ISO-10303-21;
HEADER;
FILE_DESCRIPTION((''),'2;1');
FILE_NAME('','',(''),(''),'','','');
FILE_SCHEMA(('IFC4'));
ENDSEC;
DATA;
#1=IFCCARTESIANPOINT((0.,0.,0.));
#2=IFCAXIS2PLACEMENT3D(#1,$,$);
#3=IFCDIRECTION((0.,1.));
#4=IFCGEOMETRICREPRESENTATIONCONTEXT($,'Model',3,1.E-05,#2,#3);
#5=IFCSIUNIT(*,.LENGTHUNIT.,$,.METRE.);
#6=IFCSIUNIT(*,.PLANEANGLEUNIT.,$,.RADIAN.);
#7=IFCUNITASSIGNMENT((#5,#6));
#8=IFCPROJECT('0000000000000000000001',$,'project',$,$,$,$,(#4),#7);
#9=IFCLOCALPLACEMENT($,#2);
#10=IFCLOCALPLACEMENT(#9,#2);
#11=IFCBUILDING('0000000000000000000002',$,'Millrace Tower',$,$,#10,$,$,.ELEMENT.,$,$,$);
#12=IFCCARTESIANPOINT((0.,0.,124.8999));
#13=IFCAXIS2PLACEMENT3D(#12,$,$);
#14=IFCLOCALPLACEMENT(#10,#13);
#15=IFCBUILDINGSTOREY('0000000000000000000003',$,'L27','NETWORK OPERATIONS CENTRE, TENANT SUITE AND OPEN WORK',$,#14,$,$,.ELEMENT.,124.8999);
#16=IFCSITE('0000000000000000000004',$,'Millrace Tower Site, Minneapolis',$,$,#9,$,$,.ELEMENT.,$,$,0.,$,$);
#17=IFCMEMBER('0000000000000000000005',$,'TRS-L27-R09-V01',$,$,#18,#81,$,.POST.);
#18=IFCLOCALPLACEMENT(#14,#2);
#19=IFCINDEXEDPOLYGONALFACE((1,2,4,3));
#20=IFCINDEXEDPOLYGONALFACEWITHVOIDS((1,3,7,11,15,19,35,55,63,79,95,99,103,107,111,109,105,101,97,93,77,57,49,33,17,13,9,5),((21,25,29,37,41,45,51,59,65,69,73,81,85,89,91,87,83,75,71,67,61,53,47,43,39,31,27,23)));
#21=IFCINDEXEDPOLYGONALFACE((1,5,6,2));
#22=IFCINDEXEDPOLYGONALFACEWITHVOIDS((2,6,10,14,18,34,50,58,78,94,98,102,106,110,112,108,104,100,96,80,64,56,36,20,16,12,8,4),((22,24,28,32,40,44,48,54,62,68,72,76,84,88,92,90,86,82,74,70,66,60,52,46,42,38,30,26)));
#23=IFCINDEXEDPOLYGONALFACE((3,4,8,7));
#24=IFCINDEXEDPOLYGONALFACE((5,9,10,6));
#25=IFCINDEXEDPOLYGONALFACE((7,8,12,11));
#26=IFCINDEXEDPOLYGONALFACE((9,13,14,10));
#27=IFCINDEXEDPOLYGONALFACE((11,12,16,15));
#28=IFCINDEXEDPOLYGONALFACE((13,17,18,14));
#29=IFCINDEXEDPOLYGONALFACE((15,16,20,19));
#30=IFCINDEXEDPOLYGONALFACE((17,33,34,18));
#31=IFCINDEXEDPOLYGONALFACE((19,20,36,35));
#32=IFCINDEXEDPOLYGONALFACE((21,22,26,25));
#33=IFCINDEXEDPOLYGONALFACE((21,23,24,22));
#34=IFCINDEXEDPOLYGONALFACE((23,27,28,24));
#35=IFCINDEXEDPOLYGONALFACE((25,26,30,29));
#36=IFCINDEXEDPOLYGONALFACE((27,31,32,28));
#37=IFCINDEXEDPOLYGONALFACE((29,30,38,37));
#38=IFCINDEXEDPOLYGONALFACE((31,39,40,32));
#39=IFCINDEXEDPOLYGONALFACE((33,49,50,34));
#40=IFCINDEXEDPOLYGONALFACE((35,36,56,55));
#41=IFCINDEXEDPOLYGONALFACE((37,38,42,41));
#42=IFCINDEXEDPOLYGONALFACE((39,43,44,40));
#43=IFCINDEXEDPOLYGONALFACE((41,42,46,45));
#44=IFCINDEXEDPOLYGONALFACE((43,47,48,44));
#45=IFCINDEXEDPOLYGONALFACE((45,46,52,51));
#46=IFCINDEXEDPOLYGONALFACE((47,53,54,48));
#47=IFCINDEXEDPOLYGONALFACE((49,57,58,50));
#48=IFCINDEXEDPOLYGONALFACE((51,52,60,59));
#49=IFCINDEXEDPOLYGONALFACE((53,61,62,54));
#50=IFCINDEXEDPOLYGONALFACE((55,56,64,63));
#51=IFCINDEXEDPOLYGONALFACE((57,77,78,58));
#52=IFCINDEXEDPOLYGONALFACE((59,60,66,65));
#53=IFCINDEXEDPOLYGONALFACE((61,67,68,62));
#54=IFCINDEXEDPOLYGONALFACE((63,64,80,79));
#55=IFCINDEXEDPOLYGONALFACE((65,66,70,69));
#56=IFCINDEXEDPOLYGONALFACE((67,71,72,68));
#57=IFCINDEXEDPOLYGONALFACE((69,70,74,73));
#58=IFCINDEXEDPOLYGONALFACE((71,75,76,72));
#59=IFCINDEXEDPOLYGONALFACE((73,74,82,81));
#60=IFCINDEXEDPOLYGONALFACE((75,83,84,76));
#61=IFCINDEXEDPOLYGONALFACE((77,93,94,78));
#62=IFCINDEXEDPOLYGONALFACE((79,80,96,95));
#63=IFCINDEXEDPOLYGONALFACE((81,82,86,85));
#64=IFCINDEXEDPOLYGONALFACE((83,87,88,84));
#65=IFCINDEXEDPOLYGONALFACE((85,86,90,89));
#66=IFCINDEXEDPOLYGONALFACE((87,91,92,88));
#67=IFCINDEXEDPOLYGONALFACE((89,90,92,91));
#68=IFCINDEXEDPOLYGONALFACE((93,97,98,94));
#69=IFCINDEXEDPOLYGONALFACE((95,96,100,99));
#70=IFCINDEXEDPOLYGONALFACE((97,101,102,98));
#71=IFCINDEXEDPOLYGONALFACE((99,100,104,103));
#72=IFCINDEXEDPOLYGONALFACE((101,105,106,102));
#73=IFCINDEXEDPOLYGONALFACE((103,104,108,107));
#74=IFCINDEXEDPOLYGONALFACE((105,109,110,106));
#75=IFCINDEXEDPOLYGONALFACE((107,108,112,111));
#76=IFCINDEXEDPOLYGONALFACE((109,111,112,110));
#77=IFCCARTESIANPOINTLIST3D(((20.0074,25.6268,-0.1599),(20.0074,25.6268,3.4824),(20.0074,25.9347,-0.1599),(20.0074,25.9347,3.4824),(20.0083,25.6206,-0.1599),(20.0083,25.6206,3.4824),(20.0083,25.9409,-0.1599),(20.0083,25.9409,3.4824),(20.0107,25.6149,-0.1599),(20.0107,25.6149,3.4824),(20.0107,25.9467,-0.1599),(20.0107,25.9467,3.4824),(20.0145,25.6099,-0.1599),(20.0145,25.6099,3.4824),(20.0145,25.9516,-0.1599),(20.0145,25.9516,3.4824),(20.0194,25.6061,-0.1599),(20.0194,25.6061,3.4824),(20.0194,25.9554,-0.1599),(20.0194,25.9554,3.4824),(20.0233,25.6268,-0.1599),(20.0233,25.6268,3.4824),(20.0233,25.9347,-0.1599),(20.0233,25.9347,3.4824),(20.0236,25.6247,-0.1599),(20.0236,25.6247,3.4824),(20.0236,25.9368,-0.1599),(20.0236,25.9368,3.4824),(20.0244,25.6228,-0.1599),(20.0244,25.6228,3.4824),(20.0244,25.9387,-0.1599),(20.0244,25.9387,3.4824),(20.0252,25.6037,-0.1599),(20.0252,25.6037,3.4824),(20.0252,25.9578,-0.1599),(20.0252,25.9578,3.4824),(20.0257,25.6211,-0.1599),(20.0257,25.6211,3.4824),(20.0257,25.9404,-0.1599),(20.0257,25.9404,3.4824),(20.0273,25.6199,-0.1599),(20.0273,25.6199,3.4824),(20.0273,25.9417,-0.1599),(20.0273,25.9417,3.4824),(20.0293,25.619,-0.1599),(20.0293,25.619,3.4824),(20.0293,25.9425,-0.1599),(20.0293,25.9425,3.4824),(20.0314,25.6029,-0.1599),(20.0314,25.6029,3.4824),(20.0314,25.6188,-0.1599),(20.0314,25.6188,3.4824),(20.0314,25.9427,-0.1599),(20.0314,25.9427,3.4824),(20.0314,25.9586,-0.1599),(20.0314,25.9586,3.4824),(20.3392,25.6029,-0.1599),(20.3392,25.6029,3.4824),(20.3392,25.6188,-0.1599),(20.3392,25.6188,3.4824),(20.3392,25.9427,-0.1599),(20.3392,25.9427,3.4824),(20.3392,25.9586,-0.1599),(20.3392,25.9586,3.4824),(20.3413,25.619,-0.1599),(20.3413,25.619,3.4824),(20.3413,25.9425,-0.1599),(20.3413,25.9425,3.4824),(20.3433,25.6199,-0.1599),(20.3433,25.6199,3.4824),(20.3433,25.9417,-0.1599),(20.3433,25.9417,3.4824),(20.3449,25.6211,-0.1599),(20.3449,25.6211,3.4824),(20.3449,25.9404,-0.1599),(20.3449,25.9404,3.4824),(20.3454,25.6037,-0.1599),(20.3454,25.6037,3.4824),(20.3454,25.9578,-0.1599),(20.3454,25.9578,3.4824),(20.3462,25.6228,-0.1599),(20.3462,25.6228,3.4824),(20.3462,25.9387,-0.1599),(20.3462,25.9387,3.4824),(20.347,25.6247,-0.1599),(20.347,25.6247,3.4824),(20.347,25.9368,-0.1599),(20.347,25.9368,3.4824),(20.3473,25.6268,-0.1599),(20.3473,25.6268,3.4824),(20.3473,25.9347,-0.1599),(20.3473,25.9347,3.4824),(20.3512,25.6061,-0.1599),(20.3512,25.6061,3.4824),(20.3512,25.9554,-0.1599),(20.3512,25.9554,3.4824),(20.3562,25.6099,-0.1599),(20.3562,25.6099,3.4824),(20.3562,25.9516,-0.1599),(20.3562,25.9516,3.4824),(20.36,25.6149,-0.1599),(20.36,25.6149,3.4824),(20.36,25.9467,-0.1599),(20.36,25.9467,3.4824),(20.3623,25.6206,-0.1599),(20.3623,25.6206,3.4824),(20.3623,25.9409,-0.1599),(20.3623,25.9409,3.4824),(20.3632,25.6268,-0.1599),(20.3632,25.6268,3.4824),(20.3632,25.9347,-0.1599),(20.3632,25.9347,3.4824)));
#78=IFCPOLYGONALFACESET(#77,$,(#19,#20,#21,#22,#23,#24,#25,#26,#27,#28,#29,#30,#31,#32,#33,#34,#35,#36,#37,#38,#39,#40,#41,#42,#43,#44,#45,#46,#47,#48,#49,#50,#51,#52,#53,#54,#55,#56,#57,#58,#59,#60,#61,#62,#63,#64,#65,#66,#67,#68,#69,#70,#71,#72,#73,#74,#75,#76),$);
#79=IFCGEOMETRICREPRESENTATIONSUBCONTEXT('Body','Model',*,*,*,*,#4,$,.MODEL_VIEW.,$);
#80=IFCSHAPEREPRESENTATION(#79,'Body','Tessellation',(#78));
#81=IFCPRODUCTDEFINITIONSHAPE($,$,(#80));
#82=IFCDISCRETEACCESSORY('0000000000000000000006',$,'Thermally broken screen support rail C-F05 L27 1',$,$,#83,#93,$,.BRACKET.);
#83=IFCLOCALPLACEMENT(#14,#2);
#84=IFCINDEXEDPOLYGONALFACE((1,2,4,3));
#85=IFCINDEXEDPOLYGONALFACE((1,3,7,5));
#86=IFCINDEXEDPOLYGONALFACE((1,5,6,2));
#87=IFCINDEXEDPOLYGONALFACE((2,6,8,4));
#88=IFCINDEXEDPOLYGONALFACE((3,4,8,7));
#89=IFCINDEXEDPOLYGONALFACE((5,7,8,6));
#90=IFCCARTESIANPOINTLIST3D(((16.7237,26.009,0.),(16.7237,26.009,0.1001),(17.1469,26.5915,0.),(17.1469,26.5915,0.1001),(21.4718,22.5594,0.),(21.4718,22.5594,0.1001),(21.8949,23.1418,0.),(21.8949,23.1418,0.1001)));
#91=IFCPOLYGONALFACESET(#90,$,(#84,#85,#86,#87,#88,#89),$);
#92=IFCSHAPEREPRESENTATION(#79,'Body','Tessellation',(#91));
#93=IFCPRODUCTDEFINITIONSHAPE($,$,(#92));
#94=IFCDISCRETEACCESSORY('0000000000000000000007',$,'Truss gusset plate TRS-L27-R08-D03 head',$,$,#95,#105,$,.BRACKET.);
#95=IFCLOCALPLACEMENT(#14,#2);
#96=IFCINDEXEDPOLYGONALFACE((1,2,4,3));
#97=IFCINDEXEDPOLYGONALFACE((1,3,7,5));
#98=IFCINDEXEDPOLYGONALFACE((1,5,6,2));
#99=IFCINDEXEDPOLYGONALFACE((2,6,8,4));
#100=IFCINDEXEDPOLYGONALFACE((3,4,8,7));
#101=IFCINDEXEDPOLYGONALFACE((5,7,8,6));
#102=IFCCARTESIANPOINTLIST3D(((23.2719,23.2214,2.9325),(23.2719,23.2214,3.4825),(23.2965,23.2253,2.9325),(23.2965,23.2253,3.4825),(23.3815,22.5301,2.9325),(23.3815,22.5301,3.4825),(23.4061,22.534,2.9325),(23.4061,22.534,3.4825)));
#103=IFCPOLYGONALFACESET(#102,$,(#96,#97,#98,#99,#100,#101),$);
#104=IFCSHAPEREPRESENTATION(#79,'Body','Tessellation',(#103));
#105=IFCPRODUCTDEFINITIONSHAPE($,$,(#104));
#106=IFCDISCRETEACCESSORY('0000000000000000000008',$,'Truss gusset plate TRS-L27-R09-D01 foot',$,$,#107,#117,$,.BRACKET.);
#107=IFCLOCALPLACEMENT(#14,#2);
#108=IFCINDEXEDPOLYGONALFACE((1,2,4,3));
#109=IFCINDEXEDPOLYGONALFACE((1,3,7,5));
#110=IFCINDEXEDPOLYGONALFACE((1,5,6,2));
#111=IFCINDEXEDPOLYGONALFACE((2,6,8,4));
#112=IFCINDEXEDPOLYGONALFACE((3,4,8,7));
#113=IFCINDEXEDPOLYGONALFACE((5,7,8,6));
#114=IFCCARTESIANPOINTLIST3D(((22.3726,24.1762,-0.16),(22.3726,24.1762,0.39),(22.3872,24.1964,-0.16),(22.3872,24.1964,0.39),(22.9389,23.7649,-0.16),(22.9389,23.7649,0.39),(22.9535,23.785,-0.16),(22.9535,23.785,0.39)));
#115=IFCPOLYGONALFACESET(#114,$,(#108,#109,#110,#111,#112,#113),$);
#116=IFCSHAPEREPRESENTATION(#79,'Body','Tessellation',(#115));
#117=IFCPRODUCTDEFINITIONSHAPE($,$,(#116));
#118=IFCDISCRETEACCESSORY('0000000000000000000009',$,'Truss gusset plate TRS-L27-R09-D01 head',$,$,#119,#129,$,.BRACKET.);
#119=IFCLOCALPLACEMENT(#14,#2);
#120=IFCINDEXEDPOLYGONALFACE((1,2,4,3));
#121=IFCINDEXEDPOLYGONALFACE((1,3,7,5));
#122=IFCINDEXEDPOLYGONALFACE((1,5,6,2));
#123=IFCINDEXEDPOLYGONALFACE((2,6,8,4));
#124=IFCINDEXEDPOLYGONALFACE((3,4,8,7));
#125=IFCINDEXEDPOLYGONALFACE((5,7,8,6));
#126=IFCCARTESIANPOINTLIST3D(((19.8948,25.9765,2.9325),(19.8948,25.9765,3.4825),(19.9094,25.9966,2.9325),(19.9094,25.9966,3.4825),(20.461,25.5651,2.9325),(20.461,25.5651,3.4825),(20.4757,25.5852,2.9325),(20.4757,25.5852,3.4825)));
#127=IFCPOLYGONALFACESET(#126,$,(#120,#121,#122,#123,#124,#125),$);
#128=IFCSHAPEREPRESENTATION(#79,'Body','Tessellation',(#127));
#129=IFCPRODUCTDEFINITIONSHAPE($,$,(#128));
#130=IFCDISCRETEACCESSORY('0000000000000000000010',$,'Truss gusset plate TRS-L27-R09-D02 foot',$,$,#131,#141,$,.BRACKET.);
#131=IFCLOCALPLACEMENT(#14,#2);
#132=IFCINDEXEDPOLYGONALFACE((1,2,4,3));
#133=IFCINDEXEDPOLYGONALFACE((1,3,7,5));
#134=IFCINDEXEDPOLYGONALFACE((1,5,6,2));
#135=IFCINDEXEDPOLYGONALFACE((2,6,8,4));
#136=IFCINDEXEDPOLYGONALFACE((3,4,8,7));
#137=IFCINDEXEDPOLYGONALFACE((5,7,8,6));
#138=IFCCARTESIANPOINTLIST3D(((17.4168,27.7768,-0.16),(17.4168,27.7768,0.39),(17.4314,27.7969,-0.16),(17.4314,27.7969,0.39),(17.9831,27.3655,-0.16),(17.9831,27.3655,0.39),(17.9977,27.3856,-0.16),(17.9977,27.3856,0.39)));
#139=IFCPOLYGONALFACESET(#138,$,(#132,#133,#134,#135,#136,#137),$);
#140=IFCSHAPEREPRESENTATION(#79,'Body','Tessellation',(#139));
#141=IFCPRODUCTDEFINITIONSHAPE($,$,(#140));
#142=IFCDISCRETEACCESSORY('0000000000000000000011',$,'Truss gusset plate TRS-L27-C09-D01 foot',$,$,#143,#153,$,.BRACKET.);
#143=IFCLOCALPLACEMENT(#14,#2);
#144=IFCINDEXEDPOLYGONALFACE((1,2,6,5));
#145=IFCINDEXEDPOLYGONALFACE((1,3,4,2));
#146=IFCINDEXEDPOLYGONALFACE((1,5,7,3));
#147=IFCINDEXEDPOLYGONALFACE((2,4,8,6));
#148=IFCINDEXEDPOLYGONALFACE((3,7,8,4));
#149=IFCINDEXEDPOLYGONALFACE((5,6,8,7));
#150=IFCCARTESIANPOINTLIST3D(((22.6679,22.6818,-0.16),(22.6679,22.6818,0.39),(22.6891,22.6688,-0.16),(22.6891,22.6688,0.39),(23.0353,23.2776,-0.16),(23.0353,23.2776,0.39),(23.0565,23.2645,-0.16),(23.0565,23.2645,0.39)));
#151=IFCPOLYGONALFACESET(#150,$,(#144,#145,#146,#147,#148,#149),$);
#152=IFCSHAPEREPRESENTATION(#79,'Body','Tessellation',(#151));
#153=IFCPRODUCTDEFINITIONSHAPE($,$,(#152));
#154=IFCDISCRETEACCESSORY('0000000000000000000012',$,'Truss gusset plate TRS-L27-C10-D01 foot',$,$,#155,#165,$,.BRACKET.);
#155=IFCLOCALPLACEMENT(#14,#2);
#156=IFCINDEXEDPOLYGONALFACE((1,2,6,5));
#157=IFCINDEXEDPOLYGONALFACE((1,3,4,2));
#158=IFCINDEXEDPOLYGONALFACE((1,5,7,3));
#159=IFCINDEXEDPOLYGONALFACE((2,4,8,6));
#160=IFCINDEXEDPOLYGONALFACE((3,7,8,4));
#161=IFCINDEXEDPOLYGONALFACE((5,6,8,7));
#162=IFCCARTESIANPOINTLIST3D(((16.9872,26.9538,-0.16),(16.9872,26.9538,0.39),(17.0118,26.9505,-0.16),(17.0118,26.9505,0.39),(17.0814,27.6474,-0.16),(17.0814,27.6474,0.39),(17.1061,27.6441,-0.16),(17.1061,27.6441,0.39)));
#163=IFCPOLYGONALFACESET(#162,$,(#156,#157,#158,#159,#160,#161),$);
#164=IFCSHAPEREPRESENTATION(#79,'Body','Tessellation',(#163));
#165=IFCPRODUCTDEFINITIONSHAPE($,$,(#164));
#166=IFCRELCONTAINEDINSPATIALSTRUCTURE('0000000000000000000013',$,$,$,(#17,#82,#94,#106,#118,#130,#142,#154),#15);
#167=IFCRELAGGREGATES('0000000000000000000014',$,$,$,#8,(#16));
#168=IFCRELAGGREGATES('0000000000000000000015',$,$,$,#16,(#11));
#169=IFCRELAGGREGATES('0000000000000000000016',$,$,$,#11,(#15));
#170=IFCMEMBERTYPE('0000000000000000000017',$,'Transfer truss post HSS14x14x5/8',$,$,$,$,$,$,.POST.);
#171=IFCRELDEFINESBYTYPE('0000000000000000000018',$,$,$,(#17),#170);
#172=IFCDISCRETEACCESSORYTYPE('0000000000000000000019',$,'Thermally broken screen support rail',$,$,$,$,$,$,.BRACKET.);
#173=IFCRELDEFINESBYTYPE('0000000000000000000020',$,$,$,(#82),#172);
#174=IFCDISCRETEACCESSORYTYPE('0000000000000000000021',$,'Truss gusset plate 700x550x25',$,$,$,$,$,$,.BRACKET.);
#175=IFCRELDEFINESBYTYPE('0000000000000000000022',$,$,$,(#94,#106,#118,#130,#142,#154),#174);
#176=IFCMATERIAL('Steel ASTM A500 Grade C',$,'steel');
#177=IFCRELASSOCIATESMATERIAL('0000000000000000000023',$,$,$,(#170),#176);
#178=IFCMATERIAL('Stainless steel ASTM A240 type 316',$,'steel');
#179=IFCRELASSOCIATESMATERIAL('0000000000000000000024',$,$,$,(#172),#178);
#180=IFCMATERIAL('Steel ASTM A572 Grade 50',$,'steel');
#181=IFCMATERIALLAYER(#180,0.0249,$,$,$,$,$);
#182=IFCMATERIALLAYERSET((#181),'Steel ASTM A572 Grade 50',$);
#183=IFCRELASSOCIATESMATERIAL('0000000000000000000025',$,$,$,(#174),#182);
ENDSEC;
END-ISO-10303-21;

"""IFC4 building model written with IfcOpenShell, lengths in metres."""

from ifc_helpers import new_model, si_unit, direction, frame, origin, origin_2d, place, context, subcontext, project, spatial, rectangle, hollow_rectangle, extrude, material, layer, layer_set, material_profile, profile_set, type_object, element, save


model = new_model("IFC4")

# Units and contexts
model_context = context("Model", 3, precision=1e-05, world=origin(), true_north=direction((0.0, 1.0)))
body_context = subcontext(model_context, "Body", "Model", "MODEL_VIEW")
ifc_project = project(units=[si_unit("LENGTHUNIT", "METRE"), si_unit("PLANEANGLEUNIT", "RADIAN")], contexts=[model_context])

# Site, building, storey
site_placement = place(None, origin())
site = spatial("IfcSite", under=ifc_project, at=site_placement, Name="Millrace Tower Site, Minneapolis", CompositionType="ELEMENT", RefElevation=0.0)
building_placement = place(site_placement, origin())
building = spatial("IfcBuilding", under=site, at=building_placement, Name="Millrace Tower", CompositionType="ELEMENT")
storey_placement = place(building_placement, frame((0.0, 0.0, 124.8999)))
storey = spatial("IfcBuildingStorey", under=building, at=storey_placement, Name="L27", Description="NETWORK OPERATIONS CENTRE, TENANT SUITE AND OPEN WORK", CompositionType="ELEMENT", Elevation=124.8999)

# Member
ifc_material_1 = material(Name="Steel ASTM A500 Grade C", Category="steel")
ifc_material_profile_1 = material_profile(ifc_material_1, hollow_rectangle(XDim=0.3557, YDim=0.3557, WallThickness=0.0159, InnerFilletRadius=0.0081, OuterFilletRadius=0.0239, at=origin_2d()))
ifc_profile_set_1 = profile_set([ifc_material_profile_1], Name="Steel ASTM A500 Grade C")
member_type_1 = type_object("IfcMemberType", Name="Transfer truss post HSS14x14x5/8", PredefinedType="POST", material=ifc_profile_set_1)
member_1_placement = place(storey_placement, frame((20.1853, 25.7808, -0.1599), z_axis=(0.0, 0.0, 1.0), x_axis=(1.0, 0.0, 0.0)))
element("IfcMember", 1, at=member_1_placement, inside=storey, type_object=member_type_1, Name="TRS-L27-R09-V01", PredefinedType="POST", context=body_context, shape_type="SweptSolid", body=[
    extrude(hollow_rectangle(XDim=0.3557, YDim=0.3557, WallThickness=0.0159, InnerFilletRadius=0.0081, OuterFilletRadius=0.0239, at=origin_2d()), origin(), (0.0, 0.0, 1.0), 3.6423),
])

# Discrete accessories
ifc_material_2 = material(Name="Stainless steel ASTM A240 type 316", Category="steel")
discrete_accessory_type_1 = type_object("IfcDiscreteAccessoryType", Name="Thermally broken screen support rail", PredefinedType="BRACKET", material=ifc_material_2)
discrete_accessory_placement = place(storey_placement, frame((19.3093, 24.5754, 0.0), z_axis=(0.0, 0.0, 1.0), x_axis=(-0.809017, 0.587785, 0.0)))
element("IfcDiscreteAccessory", 2, at=discrete_accessory_placement, inside=storey, type_object=discrete_accessory_type_1, Name="Thermally broken screen support rail C-F05 L27 1", PredefinedType="BRACKET", context=body_context, shape_type="SweptSolid", body=[
    extrude(rectangle(XDim=5.8689, YDim=0.72, at=origin_2d()), origin(), (0.0, 0.0, 1.0), 0.1001),
])
ifc_material_3 = material(Name="Steel ASTM A572 Grade 50", Category="steel")
ifc_layer_1 = layer(ifc_material_3, 0.0249)
ifc_layer_set_1 = layer_set([ifc_layer_1], Name="Steel ASTM A572 Grade 50")
discrete_accessory_type_2 = type_object("IfcDiscreteAccessoryType", Name="Truss gusset plate 700x550x25", PredefinedType="BRACKET", material=ifc_layer_set_1)
for number, where, z_axis, x_axis, name in (
    (3, (23.2842, 23.2234, 3.2075), (0.156589, -0.987664, 0.0), (0.987664, 0.156589, 0.0), "Truss gusset plate TRS-L27-R08-D03 head"),
    (4, (22.3799, 24.1863, 0.115), (0.809113, -0.587653, 0.0), (0.587653, 0.809113, 0.0), "Truss gusset plate TRS-L27-R09-D01 foot"),
    (5, (19.9021, 25.9866, 3.2075), (0.808992, -0.587819, 0.0), (0.587819, 0.808992, 0.0), "Truss gusset plate TRS-L27-R09-D01 head"),
    (6, (17.4241, 27.7869, 0.115), (0.809113, -0.587653, 0.0), (0.587653, 0.809113, 0.0), "Truss gusset plate TRS-L27-R09-D02 foot"),
    (7, (22.6785, 22.6753, 0.115), (0.524973, 0.851119, 0.0), (-0.851119, 0.524973, 0.0), "Truss gusset plate TRS-L27-C09-D01 foot"),
    (8, (16.9995, 26.9521, 0.115), (0.134631, 0.990896, 0.0), (-0.990896, 0.134631, 0.0), "Truss gusset plate TRS-L27-C10-D01 foot"),
):
    element("IfcDiscreteAccessory", number, at=place(storey_placement, frame(where, z_axis=z_axis, x_axis=x_axis)), inside=storey, type_object=discrete_accessory_type_2, Name=name, PredefinedType="BRACKET", context=body_context, shape_type="SweptSolid", body=[
        extrude(rectangle(XDim=0.0249, YDim=0.55, at=origin_2d()), origin(), (0.0, 0.0, 1.0), 0.7),
    ])

save(model, "model.ifc")
